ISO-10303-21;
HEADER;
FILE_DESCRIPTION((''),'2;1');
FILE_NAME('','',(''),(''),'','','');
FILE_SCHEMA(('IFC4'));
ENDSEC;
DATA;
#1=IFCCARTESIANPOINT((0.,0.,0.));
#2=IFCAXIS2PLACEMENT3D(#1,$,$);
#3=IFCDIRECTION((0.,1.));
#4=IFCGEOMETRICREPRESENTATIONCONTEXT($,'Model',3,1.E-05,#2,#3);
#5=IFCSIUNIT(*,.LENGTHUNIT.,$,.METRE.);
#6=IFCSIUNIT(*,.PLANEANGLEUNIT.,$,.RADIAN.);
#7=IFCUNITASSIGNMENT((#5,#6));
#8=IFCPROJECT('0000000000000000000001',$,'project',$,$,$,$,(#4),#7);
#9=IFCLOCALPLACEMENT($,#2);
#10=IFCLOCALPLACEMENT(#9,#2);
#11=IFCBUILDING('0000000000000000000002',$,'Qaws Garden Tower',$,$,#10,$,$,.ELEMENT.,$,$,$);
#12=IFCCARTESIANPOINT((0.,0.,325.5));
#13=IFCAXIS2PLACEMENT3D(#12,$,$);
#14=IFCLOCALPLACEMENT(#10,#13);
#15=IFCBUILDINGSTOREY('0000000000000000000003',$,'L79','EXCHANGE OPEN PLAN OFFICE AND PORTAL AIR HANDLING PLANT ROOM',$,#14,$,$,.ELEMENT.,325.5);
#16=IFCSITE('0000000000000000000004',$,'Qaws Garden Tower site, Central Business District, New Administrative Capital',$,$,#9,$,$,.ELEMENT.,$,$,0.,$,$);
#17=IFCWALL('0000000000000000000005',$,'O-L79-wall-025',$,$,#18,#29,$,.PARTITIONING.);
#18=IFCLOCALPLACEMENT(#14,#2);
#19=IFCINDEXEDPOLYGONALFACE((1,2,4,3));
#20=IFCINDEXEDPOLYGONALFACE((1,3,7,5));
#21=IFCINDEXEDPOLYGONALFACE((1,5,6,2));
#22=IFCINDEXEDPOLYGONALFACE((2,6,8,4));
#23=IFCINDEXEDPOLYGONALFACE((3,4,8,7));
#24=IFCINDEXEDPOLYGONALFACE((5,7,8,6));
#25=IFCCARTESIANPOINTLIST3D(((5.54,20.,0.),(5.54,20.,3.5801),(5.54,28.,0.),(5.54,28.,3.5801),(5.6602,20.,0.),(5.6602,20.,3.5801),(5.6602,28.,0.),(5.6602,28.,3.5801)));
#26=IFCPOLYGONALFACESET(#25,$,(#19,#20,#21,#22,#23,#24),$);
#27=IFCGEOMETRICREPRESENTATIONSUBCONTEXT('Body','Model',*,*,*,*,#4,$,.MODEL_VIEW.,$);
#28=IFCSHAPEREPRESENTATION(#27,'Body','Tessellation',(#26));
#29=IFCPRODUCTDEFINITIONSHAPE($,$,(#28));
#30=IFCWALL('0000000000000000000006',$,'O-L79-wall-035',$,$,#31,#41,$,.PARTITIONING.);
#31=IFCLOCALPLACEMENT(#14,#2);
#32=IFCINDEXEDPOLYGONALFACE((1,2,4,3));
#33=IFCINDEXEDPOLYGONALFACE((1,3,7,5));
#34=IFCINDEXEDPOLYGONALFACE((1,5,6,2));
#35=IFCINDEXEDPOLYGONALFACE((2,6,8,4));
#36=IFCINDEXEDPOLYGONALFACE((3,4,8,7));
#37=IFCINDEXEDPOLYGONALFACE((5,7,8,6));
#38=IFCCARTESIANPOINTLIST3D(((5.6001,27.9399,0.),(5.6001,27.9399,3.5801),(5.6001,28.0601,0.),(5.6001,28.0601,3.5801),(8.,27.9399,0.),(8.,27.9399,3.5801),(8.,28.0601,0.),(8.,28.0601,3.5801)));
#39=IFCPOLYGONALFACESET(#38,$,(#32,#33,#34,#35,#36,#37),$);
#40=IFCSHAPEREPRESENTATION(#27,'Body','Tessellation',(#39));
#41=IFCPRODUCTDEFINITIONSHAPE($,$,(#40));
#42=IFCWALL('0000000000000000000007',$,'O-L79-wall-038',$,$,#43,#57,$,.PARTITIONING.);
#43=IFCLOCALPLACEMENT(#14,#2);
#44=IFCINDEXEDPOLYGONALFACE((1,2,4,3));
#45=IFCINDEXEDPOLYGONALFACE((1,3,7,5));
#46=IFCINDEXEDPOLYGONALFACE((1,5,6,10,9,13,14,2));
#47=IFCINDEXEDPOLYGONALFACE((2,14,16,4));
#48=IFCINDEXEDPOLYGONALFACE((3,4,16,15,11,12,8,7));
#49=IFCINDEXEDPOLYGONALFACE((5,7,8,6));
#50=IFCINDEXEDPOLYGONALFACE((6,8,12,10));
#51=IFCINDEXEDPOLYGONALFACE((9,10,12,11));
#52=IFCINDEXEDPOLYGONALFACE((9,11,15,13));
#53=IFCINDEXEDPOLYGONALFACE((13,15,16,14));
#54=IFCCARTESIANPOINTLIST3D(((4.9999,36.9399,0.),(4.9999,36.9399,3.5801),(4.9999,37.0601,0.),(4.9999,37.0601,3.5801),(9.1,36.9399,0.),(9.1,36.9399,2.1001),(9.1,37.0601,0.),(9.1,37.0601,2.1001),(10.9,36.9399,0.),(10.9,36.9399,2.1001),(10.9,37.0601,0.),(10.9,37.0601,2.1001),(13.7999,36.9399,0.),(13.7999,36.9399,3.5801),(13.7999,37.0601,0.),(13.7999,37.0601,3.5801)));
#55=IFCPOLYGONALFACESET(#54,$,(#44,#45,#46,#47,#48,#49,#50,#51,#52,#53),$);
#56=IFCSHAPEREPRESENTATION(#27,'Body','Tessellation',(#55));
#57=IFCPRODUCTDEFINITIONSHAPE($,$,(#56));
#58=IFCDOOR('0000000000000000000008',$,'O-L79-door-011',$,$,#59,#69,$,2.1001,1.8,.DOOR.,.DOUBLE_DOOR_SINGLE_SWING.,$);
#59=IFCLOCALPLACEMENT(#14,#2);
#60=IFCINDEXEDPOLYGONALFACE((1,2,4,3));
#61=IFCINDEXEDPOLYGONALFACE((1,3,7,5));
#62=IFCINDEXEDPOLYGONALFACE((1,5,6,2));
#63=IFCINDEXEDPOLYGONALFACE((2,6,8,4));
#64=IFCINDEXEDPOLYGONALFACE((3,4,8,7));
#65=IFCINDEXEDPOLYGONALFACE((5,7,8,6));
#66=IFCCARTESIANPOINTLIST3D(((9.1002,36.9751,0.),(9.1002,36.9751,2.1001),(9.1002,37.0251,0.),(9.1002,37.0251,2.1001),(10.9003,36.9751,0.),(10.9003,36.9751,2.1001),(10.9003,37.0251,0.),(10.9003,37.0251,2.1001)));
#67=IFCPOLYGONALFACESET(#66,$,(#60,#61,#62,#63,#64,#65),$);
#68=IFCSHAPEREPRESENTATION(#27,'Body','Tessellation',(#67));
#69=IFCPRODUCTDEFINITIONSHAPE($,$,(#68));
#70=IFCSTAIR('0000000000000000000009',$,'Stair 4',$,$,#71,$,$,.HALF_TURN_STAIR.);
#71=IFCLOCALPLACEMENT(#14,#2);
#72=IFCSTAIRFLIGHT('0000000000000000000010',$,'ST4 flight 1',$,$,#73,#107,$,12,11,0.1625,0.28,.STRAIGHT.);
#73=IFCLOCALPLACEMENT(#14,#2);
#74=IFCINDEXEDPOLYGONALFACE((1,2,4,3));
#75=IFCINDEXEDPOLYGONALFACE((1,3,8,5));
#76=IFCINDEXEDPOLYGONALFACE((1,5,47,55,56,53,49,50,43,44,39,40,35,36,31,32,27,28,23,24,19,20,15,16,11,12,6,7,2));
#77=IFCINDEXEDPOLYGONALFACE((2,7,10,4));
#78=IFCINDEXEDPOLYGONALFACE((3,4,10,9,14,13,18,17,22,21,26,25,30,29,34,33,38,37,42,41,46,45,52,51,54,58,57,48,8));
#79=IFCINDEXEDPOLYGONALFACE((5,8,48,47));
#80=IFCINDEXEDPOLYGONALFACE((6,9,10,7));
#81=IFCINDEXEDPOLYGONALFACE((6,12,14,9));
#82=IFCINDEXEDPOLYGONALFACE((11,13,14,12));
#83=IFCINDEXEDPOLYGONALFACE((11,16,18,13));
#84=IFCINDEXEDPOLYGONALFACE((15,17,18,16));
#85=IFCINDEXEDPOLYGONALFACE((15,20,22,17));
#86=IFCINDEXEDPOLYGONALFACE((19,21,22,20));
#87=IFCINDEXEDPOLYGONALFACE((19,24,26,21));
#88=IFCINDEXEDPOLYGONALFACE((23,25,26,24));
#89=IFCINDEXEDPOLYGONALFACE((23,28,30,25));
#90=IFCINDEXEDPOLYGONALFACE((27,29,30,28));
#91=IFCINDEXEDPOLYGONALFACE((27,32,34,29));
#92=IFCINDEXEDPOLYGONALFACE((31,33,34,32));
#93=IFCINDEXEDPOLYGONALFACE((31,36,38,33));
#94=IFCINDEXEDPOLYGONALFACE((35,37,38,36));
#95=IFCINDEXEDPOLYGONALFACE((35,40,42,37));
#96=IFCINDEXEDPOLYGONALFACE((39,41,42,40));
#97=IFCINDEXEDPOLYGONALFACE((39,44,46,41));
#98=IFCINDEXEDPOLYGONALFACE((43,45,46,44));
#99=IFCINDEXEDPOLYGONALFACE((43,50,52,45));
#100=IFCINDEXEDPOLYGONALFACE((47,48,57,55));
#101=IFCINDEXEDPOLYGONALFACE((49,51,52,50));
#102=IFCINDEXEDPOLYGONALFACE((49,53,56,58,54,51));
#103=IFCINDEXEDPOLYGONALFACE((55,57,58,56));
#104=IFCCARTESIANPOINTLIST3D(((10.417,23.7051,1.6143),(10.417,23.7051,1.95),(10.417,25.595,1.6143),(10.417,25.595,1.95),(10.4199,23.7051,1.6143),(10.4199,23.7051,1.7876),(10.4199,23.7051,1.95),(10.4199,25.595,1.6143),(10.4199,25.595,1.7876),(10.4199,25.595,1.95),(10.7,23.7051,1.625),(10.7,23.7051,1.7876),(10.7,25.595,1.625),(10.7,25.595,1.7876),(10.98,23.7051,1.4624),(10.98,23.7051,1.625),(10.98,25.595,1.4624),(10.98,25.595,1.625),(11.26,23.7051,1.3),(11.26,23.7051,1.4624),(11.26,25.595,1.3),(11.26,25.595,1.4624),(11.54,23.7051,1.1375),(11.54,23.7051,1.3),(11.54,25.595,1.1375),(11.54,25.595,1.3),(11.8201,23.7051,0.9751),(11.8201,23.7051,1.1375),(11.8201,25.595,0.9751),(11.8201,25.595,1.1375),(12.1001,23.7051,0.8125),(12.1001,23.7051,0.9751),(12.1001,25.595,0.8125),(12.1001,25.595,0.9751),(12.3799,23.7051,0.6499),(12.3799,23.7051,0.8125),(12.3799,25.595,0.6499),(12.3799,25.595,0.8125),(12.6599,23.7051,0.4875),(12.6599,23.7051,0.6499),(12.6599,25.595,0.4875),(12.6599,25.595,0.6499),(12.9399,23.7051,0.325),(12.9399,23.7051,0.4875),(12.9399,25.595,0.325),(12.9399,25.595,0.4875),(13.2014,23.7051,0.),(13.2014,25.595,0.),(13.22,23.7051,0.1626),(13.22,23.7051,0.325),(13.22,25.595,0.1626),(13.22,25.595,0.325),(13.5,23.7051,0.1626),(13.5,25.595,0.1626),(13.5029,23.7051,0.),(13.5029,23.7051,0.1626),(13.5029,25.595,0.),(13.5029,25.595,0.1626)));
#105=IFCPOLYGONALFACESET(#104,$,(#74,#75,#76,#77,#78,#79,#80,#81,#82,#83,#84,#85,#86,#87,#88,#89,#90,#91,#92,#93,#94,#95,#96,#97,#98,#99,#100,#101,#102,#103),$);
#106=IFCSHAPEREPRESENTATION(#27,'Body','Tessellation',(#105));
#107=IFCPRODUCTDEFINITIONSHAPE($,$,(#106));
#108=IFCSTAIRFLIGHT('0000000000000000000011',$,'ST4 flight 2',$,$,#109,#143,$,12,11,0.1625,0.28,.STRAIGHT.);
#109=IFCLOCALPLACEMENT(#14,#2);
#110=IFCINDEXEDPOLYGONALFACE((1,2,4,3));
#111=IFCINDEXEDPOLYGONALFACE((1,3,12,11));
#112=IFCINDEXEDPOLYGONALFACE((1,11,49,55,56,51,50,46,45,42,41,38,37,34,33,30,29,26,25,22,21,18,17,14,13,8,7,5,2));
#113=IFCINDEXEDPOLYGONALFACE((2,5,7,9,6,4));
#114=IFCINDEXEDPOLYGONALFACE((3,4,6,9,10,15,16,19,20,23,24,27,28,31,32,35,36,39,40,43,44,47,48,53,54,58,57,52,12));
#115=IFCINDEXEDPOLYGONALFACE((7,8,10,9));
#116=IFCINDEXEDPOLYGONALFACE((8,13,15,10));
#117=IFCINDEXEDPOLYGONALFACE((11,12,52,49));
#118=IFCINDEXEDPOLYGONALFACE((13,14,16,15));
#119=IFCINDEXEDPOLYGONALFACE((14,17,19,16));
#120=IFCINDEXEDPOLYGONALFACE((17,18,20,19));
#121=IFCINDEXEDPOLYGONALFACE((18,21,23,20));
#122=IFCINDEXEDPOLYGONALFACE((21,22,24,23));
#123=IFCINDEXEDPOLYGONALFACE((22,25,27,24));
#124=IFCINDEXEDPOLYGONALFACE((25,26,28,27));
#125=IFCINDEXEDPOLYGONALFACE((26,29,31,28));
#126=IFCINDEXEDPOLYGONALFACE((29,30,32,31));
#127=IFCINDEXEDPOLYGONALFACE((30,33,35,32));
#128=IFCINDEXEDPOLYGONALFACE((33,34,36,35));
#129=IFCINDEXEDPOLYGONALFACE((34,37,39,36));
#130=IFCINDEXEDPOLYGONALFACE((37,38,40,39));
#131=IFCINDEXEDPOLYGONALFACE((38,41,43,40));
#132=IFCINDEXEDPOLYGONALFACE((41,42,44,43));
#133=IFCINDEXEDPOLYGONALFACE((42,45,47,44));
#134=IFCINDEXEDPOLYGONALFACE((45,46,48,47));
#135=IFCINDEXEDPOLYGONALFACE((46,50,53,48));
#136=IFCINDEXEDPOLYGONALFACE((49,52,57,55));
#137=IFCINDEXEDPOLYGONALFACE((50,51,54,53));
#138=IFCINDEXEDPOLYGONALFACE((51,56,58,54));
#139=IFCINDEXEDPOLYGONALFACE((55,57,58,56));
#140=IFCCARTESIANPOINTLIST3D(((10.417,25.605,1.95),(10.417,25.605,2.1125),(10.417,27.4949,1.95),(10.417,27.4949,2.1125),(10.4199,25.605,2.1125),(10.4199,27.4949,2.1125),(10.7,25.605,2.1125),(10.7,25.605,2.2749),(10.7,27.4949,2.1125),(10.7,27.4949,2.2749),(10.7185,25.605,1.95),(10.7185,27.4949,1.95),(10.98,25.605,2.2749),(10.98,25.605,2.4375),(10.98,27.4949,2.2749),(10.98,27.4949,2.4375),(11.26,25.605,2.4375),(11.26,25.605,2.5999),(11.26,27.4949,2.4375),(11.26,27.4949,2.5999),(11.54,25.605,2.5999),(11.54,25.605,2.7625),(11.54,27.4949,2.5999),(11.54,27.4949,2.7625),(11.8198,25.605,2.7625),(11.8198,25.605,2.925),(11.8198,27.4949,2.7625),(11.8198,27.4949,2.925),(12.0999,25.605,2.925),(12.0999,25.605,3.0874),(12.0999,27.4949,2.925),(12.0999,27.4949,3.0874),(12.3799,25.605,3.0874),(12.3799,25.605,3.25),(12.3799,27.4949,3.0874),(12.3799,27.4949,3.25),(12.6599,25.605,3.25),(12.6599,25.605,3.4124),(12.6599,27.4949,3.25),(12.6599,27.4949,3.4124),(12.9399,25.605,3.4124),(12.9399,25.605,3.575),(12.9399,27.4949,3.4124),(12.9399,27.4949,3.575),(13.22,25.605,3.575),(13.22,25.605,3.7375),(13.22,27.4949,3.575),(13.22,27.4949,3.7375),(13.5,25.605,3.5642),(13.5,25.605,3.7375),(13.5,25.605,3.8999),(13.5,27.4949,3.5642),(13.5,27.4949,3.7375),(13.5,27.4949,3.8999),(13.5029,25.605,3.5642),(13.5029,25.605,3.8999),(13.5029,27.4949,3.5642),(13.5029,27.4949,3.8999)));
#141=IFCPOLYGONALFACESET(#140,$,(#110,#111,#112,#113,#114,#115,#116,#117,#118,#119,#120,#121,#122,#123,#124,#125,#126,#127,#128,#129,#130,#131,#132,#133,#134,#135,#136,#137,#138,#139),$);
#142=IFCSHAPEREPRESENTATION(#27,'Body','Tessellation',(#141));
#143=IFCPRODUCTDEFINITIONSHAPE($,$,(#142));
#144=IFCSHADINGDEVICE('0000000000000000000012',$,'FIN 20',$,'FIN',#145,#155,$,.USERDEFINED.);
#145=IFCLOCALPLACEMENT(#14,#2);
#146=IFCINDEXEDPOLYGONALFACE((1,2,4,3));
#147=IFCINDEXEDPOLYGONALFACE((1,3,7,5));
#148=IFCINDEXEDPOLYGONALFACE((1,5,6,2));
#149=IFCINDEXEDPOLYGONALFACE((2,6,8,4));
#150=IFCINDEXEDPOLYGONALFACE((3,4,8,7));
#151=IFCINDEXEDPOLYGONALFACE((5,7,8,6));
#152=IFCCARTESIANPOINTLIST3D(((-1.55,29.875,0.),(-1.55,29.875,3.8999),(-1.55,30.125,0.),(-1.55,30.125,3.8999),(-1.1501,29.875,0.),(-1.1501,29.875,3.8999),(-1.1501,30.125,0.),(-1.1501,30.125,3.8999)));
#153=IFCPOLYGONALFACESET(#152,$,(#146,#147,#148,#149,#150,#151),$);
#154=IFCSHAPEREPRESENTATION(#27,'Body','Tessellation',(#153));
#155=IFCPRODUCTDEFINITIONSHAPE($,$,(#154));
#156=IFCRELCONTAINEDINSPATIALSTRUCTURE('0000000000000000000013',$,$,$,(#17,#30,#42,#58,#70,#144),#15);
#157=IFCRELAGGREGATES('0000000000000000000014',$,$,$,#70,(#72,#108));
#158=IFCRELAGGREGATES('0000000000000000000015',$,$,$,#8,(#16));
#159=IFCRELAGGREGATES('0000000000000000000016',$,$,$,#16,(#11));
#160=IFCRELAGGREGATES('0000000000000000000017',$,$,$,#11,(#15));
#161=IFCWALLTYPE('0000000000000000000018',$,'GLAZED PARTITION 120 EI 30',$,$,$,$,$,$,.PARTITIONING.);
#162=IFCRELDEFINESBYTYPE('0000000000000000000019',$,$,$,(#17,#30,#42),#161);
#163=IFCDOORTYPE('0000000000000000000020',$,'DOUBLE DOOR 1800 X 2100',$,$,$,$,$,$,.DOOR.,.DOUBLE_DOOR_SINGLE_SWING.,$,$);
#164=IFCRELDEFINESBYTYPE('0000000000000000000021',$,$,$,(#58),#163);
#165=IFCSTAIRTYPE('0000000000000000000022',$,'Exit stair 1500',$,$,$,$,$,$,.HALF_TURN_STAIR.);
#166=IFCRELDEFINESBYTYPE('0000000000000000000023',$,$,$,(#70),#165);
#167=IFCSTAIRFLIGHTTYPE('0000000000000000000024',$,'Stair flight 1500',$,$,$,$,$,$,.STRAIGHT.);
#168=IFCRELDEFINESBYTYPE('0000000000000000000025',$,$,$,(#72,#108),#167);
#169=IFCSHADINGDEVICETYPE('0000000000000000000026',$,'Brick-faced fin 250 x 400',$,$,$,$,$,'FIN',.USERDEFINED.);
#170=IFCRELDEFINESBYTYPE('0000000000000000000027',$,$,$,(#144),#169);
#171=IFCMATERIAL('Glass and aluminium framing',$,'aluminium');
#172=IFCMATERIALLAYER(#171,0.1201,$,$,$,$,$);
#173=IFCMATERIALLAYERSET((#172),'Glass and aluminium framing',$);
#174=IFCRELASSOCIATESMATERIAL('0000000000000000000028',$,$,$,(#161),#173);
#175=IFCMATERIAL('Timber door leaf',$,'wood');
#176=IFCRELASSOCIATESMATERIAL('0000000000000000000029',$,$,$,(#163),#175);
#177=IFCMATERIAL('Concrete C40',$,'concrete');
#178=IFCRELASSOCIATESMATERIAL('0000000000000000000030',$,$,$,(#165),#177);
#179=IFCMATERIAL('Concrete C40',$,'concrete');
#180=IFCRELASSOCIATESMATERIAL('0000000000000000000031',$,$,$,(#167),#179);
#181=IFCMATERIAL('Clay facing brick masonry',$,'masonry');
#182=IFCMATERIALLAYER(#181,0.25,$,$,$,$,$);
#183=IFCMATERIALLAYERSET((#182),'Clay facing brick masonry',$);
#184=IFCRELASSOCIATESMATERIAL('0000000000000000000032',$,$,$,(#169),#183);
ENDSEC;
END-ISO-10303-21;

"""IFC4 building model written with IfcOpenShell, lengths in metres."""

from ifc_helpers import new_model, si_unit, direction, frame, frame_2d, origin, origin_2d, place, context, subcontext, project, spatial, polyline, rectangle, outline, extrude, material, layer, layer_set, type_object, element, fill, aggregate, save


model = new_model("IFC4")

# Units and contexts
model_context = context("Model", 3, precision=1e-05, world=origin(), true_north=direction((0.0, 1.0)))
body_context = subcontext(model_context, "Body", "Model", "MODEL_VIEW")
ifc_project = project(units=[si_unit("LENGTHUNIT", "METRE"), si_unit("PLANEANGLEUNIT", "RADIAN")], contexts=[model_context])

# Site, building, storey
site_placement = place(None, origin())
site = spatial("IfcSite", under=ifc_project, at=site_placement, Name="Qaws Garden Tower site, Central Business District, New Administrative Capital", CompositionType="ELEMENT", RefElevation=0.0)
building_placement = place(site_placement, origin())
building = spatial("IfcBuilding", under=site, at=building_placement, Name="Qaws Garden Tower", CompositionType="ELEMENT")
storey_placement = place(building_placement, frame((0.0, 0.0, 325.5)))
storey = spatial("IfcBuildingStorey", under=building, at=storey_placement, Name="L79", Description="EXCHANGE OPEN PLAN OFFICE AND PORTAL AIR HANDLING PLANT ROOM", CompositionType="ELEMENT", Elevation=325.5)

# Shared definitions
placement = place(storey_placement, origin())

# Walls
ifc_material_1 = material(Name="Glass and aluminium framing", Category="aluminium")
ifc_layer_1 = layer(ifc_material_1, 0.1201)
ifc_layer_set_1 = layer_set([ifc_layer_1], Name="Glass and aluminium framing")
wall_type_1 = type_object("IfcWallType", Name="GLAZED PARTITION 120 EI 30", PredefinedType="PARTITIONING", material=ifc_layer_set_1)
wall_1_placement = place(storey_placement, frame((5.6001, 20.0, 0.0), z_axis=(0.0, 0.0, 1.0), x_axis=(0.0, 1.0, 0.0)))
element("IfcWall", 1, at=wall_1_placement, inside=storey, type_object=wall_type_1, Name="O-L79-wall-025", PredefinedType="PARTITIONING", context=body_context, shape_type="SweptSolid", body=[
    extrude(rectangle(XDim=8.0, YDim=0.1201, at=frame_2d((4.0, 0.0))), origin(), (0.0, 0.0, 1.0), 3.5801),
])
wall_2_placement = place(storey_placement, frame((5.6001, 28.0, 0.0), z_axis=(0.0, 0.0, 1.0), x_axis=(1.0, 0.0, 0.0)))
element("IfcWall", 2, at=wall_2_placement, inside=storey, type_object=wall_type_1, Name="O-L79-wall-035", PredefinedType="PARTITIONING", context=body_context, shape_type="SweptSolid", body=[
    extrude(rectangle(XDim=2.3999, YDim=0.1201, at=frame_2d((1.2, 0.0))), origin(), (0.0, 0.0, 1.0), 3.5801),
])

# Wall, opening, door
wall_3_placement = place(storey_placement, frame((5.0, 37.0, 0.0), z_axis=(0.0, 0.0, 1.0), x_axis=(1.0, 0.0, 0.0)))
wall_3 = element("IfcWall", 3, at=wall_3_placement, inside=storey, type_object=wall_type_1, Name="O-L79-wall-038", PredefinedType="PARTITIONING", context=body_context, shape_type="SweptSolid", body=[
    extrude(rectangle(XDim=8.8, YDim=0.1201, at=frame_2d((4.3999, 0.0))), origin(), (0.0, 0.0, 1.0), 3.5801),
])
opening_placement = place(wall_3_placement, frame((4.1001, 0.0, 0.0)))
opening = element("IfcOpeningElement", 4, at=opening_placement, cuts=wall_3, PredefinedType="OPENING", context=body_context, shape_type="SweptSolid", body=[
    extrude(rectangle(XDim=1.8, YDim=2.1001, at=frame_2d((0.8999, 1.05))), frame((0.0, 0.0701, 0.0), z_axis=(0.0, -1.0, 0.0), x_axis=(1.0, 0.0, 0.0)), (0.0, 0.0, 1.0), 0.1401),
])
ifc_material_2 = material(Name="Timber door leaf", Category="wood")
door_type = type_object("IfcDoorType", Name="DOUBLE DOOR 1800 X 2100", OperationType="DOUBLE_DOOR_SINGLE_SWING", PredefinedType="DOOR", material=ifc_material_2)
door_placement = place(opening_placement, frame((1.8, 0.0, 0.0), z_axis=(0.0, 0.0, 1.0), x_axis=(-1.0, 0.0, 0.0)))
door = element("IfcDoor", 5, at=door_placement, inside=storey, type_object=door_type, Name="O-L79-door-011", OperationType="DOUBLE_DOOR_SINGLE_SWING", OverallHeight=2.1001, OverallWidth=1.8, PredefinedType="DOOR", context=body_context, shape_type="SweptSolid", body=[
    extrude(rectangle(XDim=1.8, YDim=2.1001, at=frame_2d((0.8999, 1.05))), frame((0.0, 0.0249, 0.0), z_axis=(0.0, -1.0, 0.0), x_axis=(1.0, 0.0, 0.0)), (0.0, 0.0, 1.0), 0.05),
])
fill(opening, door)

# Stair, stair flights
ifc_material_3 = material(Name="Concrete C40", Category="concrete")
stair_type = type_object("IfcStairType", Name="Exit stair 1500", PredefinedType="HALF_TURN_STAIR", material=ifc_material_3)
stair = element("IfcStair", 6, at=placement, inside=storey, type_object=stair_type, Name="Stair 4", PredefinedType="HALF_TURN_STAIR")
ifc_material_4 = material(Name="Concrete C40", Category="concrete")
stair_flight_type = type_object("IfcStairFlightType", Name="Stair flight 1500", PredefinedType="STRAIGHT", material=ifc_material_4)
stair_flight_1_placement = place(storey_placement, frame((13.5, 24.6499, 0.0), z_axis=(0.0, 0.0, 1.0), x_axis=(-1.0, 0.0, 0.0)))
stair_flight_1 = element("IfcStairFlight", 7, at=stair_flight_1_placement, type_object=stair_flight_type, Name="ST4 flight 1", NumberOfRisers=12, NumberOfTreads=11, PredefinedType="STRAIGHT", RiserHeight=0.1625, TreadLength=0.28, context=body_context, shape_type="SweptSolid", body=[
    extrude(outline(polyline([(-0.0029, 0.0), (-0.0029, 0.1626), (0.0, 0.1626), (0.28, 0.1626), (0.28, 0.325), (0.5601, 0.325), (0.5601, 0.4875), (0.8401, 0.4875), (0.8401, 0.6499), (1.1201, 0.6499), (1.1201, 0.8125), (1.3999, 0.8125), (1.3999, 0.9751), (1.6799, 0.9751), (1.6799, 1.1375), (1.96, 1.1375), (1.96, 1.3), (2.24, 1.3), (2.24, 1.4624), (2.52, 1.4624), (2.52, 1.625), (2.8, 1.625), (2.8, 1.7876), (3.0801, 1.7876), (3.0801, 1.95), (3.083, 1.95), (3.083, 1.6143), (3.0801, 1.6143), (0.2986, 0.0), (-0.0029, 0.0)])), frame((0.0, 0.9448, 0.0), z_axis=(0.0, -1.0, 0.0), x_axis=(1.0, 0.0, 0.0)), (0.0, 0.0, 1.0), 1.8899),
])
stair_flight_2_placement = place(storey_placement, frame((10.4199, 26.55, 1.95), z_axis=(0.0, 0.0, 1.0), x_axis=(1.0, 0.0, 0.0)))
stair_flight_2 = element("IfcStairFlight", 8, at=stair_flight_2_placement, type_object=stair_flight_type, Name="ST4 flight 2", NumberOfRisers=12, NumberOfTreads=11, PredefinedType="STRAIGHT", RiserHeight=0.1625, TreadLength=0.28, context=body_context, shape_type="SweptSolid", body=[
    extrude(outline(polyline([(-0.0029, 0.0), (-0.0029, 0.1626), (0.0, 0.1626), (0.28, 0.1626), (0.28, 0.325), (0.5601, 0.325), (0.5601, 0.4875), (0.8401, 0.4875), (0.8401, 0.6499), (1.1201, 0.6499), (1.1201, 0.8125), (1.3999, 0.8125), (1.3999, 0.9751), (1.6799, 0.9751), (1.6799, 1.1375), (1.96, 1.1375), (1.96, 1.3), (2.24, 1.3), (2.24, 1.4624), (2.52, 1.4624), (2.52, 1.625), (2.8, 1.625), (2.8, 1.7876), (3.0801, 1.7876), (3.0801, 1.95), (3.083, 1.95), (3.083, 1.6143), (3.0801, 1.6143), (0.2986, 0.0), (-0.0029, 0.0)])), frame((0.0, 0.9448, 0.0), z_axis=(0.0, -1.0, 0.0), x_axis=(1.0, 0.0, 0.0)), (0.0, 0.0, 1.0), 1.8899),
])
aggregate(stair, [stair_flight_1, stair_flight_2])

# Shading device
ifc_material_5 = material(Name="Clay facing brick masonry", Category="masonry")
ifc_layer_2 = layer(ifc_material_5, 0.25)
ifc_layer_set_2 = layer_set([ifc_layer_2], Name="Clay facing brick masonry")
shading_device_type = type_object("IfcShadingDeviceType", Name="Brick-faced fin 250 x 400", ElementType="FIN", PredefinedType="USERDEFINED", material=ifc_layer_set_2)
shading_device_placement = place(storey_placement, frame((-1.3501, 30.0, 0.0), z_axis=(0.0, 0.0, 1.0), x_axis=(0.0, -1.0, 0.0)))
element("IfcShadingDevice", 9, at=shading_device_placement, inside=storey, type_object=shading_device_type, Name="FIN 20", ObjectType="FIN", PredefinedType="USERDEFINED", context=body_context, shape_type="SweptSolid", body=[
    extrude(rectangle(XDim=0.25, YDim=0.3999, at=origin_2d()), origin(), (0.0, 0.0, 1.0), 3.8999),
])

save(model, "model.ifc")
